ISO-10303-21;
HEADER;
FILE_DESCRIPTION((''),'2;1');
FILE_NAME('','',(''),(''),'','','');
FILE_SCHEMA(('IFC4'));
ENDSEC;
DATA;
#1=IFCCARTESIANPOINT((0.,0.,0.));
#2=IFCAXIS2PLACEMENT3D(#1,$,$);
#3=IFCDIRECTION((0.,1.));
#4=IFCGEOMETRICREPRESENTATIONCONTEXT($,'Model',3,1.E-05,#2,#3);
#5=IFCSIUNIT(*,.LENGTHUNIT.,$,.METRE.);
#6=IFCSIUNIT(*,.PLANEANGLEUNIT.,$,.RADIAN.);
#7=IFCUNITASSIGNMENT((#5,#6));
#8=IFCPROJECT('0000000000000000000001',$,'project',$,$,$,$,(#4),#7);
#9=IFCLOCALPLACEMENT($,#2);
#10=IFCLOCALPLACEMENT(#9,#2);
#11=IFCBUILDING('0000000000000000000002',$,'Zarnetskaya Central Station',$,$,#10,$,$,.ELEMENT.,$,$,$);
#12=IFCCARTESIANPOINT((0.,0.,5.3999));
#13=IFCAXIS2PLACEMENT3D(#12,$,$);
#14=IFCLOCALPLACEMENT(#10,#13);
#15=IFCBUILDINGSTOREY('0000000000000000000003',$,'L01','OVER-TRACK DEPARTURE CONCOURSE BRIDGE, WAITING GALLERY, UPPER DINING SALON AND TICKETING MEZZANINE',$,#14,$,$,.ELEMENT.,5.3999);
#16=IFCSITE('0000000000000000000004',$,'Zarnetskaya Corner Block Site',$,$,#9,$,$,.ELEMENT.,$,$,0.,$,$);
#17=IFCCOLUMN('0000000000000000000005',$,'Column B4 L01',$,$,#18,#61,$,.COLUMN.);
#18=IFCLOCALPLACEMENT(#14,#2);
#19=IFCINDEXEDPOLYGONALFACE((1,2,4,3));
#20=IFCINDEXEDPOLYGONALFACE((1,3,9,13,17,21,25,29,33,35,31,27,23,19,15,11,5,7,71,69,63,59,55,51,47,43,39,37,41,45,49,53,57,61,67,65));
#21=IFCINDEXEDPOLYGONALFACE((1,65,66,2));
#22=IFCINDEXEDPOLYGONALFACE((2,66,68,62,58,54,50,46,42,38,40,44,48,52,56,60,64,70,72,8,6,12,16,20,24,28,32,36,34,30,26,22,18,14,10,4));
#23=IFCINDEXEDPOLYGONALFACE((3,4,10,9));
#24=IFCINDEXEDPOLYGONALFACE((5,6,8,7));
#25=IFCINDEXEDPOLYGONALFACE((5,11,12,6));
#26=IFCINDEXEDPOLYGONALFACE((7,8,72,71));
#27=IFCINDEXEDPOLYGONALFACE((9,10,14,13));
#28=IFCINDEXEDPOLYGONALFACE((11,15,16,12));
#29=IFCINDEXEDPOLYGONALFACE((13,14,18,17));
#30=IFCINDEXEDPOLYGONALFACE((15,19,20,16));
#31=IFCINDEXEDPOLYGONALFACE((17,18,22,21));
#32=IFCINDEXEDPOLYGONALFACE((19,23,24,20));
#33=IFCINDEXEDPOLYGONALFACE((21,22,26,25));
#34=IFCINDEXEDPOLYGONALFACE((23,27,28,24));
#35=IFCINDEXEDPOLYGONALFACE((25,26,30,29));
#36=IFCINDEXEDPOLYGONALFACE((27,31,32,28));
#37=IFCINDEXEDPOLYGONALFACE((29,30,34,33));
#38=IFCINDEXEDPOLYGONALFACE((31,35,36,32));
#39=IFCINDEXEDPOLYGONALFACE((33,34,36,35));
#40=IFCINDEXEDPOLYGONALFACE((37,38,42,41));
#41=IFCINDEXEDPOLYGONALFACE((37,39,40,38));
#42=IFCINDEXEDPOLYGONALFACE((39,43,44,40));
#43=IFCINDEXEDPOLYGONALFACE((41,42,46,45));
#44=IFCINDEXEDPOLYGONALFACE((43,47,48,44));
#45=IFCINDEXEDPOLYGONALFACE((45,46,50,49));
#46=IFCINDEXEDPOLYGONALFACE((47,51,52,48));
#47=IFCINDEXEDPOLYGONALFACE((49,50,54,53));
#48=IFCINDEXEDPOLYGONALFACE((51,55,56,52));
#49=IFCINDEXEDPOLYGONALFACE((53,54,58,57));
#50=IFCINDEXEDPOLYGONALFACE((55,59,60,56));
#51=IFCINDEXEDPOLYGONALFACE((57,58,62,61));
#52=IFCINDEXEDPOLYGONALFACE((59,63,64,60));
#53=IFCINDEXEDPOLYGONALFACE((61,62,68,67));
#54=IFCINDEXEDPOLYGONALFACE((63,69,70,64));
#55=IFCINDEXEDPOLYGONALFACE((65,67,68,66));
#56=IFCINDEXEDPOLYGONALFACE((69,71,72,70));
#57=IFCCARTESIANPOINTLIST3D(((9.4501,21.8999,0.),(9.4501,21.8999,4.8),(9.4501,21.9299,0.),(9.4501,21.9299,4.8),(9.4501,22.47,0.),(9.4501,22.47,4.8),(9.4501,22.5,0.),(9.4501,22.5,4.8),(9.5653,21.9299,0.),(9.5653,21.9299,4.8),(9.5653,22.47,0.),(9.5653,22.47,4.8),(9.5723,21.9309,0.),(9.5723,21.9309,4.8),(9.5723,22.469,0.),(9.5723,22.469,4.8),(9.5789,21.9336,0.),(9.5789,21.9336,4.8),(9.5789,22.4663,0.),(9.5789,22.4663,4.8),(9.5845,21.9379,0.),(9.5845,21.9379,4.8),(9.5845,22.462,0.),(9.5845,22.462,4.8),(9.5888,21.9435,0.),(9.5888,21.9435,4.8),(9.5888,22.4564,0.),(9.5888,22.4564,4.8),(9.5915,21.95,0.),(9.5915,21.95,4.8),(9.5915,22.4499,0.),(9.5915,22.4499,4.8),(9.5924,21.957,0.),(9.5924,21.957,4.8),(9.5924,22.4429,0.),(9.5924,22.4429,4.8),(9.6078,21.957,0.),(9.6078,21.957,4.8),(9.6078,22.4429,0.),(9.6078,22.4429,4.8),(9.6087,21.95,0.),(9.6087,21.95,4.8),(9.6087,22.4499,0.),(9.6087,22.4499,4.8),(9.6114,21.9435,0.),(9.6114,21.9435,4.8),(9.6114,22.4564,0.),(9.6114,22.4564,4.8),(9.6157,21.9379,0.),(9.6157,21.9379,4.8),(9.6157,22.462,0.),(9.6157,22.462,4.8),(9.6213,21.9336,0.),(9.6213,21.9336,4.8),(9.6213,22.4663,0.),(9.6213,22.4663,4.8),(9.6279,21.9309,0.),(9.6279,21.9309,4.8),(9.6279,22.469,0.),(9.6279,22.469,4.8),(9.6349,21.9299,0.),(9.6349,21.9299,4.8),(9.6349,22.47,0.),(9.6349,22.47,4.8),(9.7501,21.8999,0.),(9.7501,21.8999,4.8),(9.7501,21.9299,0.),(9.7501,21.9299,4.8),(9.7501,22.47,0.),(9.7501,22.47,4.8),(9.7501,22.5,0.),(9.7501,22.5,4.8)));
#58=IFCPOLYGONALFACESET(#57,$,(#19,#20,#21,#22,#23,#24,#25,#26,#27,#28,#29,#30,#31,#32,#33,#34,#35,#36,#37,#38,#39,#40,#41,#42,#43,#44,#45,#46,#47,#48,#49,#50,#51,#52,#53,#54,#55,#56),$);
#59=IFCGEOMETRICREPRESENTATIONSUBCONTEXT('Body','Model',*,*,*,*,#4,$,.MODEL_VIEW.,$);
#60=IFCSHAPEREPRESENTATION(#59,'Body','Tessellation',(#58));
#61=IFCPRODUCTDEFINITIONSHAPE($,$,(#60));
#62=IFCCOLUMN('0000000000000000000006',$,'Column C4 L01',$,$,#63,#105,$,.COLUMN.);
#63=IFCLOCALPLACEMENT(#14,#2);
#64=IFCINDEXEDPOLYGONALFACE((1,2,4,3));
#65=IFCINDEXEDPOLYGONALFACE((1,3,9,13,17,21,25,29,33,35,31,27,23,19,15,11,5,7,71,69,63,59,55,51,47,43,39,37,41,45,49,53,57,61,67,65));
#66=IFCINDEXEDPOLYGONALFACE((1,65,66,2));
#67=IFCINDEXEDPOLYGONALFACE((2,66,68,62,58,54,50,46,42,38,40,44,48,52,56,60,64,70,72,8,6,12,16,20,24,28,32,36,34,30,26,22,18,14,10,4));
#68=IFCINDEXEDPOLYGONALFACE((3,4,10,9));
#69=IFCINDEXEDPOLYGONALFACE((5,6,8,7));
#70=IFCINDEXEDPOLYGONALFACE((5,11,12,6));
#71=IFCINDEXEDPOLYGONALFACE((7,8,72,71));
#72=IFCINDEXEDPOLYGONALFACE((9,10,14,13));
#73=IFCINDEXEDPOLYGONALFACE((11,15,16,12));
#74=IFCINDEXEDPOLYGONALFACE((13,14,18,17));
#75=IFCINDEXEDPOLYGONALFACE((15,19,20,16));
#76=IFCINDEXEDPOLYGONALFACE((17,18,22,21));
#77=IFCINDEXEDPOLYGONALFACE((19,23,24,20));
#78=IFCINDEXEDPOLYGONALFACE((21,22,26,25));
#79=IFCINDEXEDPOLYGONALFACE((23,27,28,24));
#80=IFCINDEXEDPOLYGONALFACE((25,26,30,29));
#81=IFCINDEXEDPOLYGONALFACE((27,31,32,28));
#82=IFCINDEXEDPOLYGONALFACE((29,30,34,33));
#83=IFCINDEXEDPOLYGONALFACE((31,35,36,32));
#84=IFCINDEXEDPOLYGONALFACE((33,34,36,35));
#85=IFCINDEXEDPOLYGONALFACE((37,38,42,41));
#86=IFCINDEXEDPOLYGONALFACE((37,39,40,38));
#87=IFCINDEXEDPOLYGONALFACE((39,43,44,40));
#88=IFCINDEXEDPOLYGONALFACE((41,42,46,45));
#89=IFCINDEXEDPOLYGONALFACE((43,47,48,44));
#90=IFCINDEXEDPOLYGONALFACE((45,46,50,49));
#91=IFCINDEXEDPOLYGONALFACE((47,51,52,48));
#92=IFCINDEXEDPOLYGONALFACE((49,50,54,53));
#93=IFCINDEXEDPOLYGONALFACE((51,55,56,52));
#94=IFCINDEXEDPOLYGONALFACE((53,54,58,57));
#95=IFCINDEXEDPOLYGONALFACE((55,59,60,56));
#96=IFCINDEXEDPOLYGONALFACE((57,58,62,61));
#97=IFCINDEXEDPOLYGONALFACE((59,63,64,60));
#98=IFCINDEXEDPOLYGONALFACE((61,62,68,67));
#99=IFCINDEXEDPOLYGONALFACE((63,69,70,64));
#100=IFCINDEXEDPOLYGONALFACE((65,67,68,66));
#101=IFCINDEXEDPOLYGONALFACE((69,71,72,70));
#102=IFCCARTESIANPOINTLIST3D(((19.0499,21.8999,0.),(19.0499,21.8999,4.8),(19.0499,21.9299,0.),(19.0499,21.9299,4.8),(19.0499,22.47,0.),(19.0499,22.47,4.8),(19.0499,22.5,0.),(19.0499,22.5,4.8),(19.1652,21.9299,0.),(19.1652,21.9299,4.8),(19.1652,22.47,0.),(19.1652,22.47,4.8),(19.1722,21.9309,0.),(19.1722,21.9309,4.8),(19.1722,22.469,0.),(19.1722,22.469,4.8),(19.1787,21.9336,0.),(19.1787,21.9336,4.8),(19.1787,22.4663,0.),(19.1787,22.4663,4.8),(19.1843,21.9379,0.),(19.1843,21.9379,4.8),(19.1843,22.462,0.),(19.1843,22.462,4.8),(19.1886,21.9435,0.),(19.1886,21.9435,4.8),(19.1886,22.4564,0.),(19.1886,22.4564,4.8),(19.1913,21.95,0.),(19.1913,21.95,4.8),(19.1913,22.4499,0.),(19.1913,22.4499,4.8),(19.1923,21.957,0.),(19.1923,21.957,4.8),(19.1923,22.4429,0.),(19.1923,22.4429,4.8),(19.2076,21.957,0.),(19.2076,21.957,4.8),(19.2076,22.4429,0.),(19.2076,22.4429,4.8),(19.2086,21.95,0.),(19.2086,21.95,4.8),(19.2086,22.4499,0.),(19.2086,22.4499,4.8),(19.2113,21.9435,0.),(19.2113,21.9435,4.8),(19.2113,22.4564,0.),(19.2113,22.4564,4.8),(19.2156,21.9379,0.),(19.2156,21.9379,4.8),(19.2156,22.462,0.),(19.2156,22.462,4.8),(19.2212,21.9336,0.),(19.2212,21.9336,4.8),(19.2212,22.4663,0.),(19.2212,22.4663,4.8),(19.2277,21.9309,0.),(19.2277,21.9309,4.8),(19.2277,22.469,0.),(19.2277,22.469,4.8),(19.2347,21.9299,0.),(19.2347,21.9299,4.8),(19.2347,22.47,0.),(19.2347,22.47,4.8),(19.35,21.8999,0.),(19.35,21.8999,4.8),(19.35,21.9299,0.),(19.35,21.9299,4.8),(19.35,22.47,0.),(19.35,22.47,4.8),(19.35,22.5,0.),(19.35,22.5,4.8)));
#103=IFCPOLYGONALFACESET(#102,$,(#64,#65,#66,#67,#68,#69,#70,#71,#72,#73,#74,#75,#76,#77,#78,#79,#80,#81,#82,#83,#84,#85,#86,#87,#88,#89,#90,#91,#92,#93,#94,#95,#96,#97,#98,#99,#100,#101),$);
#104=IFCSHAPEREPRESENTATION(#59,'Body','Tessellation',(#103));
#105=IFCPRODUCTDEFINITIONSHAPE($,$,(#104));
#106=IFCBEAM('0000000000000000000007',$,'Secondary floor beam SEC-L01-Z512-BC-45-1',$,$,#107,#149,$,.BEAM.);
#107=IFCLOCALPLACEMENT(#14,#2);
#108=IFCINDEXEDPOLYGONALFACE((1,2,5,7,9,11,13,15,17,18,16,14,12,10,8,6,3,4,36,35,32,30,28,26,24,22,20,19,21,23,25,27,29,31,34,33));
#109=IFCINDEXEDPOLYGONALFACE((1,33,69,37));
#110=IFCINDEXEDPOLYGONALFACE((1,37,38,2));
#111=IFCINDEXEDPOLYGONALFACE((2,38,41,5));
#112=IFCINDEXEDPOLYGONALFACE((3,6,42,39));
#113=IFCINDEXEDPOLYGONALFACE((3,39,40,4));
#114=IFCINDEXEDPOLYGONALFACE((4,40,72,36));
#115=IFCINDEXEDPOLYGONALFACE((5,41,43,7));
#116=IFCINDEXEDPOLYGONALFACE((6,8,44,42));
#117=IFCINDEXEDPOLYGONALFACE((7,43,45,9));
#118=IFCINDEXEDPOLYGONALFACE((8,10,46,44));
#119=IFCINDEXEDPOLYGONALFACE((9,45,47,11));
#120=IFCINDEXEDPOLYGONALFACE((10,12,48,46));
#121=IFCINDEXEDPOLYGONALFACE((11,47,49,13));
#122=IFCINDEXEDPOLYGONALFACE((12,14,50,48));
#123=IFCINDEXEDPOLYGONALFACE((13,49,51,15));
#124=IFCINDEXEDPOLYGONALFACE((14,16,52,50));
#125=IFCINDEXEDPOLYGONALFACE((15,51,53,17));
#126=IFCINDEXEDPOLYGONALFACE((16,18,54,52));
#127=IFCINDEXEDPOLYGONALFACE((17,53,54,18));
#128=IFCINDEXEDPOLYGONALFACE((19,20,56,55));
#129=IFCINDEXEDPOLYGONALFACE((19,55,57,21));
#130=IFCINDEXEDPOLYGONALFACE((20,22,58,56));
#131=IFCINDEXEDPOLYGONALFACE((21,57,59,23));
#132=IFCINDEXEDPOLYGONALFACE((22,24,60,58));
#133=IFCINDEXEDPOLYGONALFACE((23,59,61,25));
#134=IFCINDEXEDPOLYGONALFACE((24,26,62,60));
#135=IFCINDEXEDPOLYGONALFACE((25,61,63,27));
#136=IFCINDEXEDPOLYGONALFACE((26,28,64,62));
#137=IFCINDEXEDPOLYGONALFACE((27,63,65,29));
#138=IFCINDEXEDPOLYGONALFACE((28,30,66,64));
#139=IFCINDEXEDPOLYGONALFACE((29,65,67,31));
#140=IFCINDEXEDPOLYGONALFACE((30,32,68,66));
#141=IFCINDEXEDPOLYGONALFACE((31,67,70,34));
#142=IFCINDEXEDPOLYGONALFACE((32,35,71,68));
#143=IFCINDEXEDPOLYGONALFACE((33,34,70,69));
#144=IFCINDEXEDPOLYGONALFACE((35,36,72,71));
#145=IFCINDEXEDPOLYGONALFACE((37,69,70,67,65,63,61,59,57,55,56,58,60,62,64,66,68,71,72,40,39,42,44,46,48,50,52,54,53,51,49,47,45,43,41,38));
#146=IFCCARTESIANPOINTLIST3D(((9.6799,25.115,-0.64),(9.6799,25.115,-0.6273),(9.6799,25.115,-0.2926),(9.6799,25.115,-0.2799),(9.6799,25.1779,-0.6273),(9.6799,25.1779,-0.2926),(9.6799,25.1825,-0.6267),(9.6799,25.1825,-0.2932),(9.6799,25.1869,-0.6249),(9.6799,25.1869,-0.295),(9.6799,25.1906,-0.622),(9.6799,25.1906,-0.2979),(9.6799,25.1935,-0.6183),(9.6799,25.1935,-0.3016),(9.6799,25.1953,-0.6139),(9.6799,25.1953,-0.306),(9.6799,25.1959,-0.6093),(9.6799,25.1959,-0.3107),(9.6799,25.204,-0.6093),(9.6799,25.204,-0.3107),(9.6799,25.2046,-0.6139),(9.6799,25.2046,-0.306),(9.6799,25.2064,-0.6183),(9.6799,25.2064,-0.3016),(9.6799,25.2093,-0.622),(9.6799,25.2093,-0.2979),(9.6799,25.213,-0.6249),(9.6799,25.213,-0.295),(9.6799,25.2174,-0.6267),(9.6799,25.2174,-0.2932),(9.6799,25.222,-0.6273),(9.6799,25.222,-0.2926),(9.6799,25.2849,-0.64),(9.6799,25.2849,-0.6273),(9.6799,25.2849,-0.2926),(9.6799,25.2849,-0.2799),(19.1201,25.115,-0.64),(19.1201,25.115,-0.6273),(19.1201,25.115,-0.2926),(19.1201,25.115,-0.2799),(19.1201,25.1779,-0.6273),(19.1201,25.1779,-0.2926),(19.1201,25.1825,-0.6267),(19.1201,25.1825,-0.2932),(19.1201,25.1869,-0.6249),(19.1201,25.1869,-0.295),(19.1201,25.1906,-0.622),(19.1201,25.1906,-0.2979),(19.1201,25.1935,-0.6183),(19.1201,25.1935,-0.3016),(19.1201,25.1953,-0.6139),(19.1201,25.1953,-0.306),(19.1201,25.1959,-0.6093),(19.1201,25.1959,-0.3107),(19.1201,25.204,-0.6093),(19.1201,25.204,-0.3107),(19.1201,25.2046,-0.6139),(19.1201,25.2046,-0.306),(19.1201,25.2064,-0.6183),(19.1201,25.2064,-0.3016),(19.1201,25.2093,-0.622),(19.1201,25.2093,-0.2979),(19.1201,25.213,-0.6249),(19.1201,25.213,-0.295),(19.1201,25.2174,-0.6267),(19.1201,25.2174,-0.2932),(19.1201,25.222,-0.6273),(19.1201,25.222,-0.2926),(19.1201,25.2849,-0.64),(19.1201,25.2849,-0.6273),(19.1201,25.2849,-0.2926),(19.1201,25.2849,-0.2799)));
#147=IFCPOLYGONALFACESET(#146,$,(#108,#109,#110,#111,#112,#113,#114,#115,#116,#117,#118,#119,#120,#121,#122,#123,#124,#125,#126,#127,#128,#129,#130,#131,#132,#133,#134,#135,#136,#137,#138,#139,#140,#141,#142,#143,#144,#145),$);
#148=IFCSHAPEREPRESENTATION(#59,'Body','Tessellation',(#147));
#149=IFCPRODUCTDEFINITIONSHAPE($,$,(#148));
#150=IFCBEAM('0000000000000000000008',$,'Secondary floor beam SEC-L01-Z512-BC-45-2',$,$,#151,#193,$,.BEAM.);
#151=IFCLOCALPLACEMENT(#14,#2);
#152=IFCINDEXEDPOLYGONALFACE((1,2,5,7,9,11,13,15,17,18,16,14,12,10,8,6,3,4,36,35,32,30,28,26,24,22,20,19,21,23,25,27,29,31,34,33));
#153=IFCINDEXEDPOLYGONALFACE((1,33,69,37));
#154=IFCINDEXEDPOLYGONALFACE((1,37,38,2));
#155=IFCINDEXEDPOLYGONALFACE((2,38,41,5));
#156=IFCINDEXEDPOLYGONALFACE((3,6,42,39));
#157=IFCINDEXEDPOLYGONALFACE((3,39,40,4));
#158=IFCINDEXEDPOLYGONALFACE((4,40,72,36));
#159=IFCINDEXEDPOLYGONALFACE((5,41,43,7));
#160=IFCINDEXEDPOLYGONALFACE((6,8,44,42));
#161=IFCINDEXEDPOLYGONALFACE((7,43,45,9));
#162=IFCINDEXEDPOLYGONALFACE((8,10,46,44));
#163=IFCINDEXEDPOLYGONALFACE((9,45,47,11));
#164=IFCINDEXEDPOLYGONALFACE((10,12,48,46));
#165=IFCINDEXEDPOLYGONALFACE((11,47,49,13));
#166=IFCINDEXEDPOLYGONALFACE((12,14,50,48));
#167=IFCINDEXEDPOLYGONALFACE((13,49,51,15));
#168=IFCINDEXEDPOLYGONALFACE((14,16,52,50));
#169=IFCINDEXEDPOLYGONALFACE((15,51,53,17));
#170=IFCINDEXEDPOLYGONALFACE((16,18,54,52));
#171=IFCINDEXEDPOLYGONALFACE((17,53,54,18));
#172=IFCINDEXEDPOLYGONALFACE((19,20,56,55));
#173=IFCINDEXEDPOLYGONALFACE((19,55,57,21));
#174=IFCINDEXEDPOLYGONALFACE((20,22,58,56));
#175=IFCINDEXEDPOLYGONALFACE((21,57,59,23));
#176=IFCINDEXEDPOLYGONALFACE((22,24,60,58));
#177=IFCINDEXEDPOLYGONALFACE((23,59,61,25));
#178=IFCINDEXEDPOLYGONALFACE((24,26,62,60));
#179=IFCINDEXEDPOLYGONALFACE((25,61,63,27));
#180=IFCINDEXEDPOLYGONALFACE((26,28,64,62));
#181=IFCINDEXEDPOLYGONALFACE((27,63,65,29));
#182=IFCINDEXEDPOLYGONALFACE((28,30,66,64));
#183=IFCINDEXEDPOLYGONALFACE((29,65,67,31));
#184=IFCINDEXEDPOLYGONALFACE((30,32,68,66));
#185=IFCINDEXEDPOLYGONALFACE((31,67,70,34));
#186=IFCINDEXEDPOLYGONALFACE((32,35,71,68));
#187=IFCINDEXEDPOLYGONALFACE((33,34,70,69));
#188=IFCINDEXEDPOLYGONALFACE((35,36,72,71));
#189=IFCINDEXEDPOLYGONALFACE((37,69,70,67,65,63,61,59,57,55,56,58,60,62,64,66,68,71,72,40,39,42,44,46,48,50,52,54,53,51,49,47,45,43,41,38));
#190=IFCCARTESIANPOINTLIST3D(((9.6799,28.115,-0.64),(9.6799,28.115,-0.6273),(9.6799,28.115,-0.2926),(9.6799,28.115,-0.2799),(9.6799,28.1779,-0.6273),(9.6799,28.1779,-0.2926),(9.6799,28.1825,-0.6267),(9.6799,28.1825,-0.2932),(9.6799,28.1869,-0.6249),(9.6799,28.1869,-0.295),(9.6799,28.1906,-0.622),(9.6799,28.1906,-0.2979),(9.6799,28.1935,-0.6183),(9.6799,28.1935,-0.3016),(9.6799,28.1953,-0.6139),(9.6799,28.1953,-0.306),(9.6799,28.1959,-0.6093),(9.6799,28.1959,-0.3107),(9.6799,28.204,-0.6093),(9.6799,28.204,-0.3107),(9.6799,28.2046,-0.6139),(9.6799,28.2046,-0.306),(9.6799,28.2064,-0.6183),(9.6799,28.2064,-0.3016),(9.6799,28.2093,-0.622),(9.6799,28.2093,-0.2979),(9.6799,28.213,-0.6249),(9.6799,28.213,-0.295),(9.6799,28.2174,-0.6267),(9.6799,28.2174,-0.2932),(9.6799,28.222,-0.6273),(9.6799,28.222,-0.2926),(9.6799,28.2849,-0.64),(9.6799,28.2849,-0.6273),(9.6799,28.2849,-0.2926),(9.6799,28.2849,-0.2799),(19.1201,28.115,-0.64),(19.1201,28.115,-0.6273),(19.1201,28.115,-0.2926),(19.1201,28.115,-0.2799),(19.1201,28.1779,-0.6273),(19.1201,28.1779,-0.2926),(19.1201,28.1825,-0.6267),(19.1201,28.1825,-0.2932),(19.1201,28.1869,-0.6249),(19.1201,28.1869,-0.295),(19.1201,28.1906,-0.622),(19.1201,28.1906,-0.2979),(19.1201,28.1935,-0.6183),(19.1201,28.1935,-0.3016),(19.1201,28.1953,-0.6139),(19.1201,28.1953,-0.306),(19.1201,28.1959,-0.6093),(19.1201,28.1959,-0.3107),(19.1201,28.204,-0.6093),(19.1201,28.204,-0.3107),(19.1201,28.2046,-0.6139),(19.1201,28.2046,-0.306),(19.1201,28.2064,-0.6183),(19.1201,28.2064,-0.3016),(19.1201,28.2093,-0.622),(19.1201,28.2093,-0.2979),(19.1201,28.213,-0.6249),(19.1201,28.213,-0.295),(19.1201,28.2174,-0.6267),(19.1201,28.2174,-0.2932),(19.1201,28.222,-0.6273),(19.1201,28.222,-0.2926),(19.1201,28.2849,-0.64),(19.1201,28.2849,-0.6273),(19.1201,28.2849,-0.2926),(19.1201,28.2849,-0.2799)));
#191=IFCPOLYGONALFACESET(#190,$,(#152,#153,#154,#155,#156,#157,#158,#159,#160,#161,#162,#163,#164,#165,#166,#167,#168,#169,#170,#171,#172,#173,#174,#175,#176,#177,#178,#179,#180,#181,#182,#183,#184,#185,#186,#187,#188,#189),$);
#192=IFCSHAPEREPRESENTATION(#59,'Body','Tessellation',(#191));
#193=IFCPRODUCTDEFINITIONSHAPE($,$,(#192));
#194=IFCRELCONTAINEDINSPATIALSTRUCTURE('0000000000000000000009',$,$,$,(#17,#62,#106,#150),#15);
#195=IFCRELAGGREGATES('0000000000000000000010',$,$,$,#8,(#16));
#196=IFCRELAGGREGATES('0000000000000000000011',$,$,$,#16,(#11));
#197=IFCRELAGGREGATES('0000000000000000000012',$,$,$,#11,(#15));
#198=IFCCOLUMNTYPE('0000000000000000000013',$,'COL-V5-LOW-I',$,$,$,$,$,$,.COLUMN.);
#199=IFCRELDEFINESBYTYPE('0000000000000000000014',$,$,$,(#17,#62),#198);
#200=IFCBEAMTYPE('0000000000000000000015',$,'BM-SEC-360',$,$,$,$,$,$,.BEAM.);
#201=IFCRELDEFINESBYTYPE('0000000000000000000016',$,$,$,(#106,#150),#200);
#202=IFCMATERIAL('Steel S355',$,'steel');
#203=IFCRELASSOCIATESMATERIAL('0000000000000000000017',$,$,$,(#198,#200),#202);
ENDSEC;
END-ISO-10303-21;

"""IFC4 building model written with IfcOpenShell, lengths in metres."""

from ifc_helpers import new_model, si_unit, direction, frame, origin, origin_2d, place, context, subcontext, project, spatial, i_section, extrude, material, material_profile, profile_set, type_object, element, save


model = new_model("IFC4")

# Units and contexts
model_context = context("Model", 3, precision=1e-05, world=origin(), true_north=direction((0.0, 1.0)))
body_context = subcontext(model_context, "Body", "Model", "MODEL_VIEW")
ifc_project = project(units=[si_unit("LENGTHUNIT", "METRE"), si_unit("PLANEANGLEUNIT", "RADIAN")], contexts=[model_context])

# Site, building, storey
site_placement = place(None, origin())
site = spatial("IfcSite", under=ifc_project, at=site_placement, Name="Zarnetskaya Corner Block Site", CompositionType="ELEMENT", RefElevation=0.0)
building_placement = place(site_placement, origin())
building = spatial("IfcBuilding", under=site, at=building_placement, Name="Zarnetskaya Central Station", CompositionType="ELEMENT")
storey_placement = place(building_placement, frame((0.0, 0.0, 5.3999)))
storey = spatial("IfcBuildingStorey", under=building, at=storey_placement, Name="L01", Description="OVER-TRACK DEPARTURE CONCOURSE BRIDGE, WAITING GALLERY, UPPER DINING SALON AND TICKETING MEZZANINE", CompositionType="ELEMENT", Elevation=5.3999)

# Columns
ifc_material_1 = material(Name="Steel S355", Category="steel")
ifc_material_profile_1 = material_profile(ifc_material_1, i_section(OverallWidth=0.3, OverallDepth=0.6001, WebThickness=0.0154, FlangeThickness=0.03, FilletRadius=0.0271, at=origin_2d()), Name="HEB 600")
ifc_profile_set_1 = profile_set([ifc_material_profile_1], Name="Steel S355")
column_type = type_object("IfcColumnType", Name="COL-V5-LOW-I", PredefinedType="COLUMN", material=ifc_profile_set_1)
for number, where, z_axis, x_axis, name in (
    (1, (9.6001, 22.2, 0.0), (0.0, 0.0, 1.0), (1.0, 0.0, 0.0), "Column B4 L01"),
    (2, (19.2, 22.2, 0.0), (0.0, 0.0, 1.0), (1.0, 0.0, 0.0), "Column C4 L01"),
):
    element("IfcColumn", number, at=place(storey_placement, frame(where, z_axis=z_axis, x_axis=x_axis)), inside=storey, type_object=column_type, Name=name, PredefinedType="COLUMN", context=body_context, shape_type="SweptSolid", body=[
        extrude(i_section(OverallWidth=0.3, OverallDepth=0.6001, WebThickness=0.0154, FlangeThickness=0.03, FilletRadius=0.0271, at=origin_2d()), origin(), (0.0, 0.0, 1.0), 4.8),
    ])

# Beams
ifc_material_profile_2 = material_profile(ifc_material_1, i_section(OverallWidth=0.1699, OverallDepth=0.3601, WebThickness=0.0081, FlangeThickness=0.0127, FilletRadius=0.0181, at=origin_2d()), Name="IPE 360")
ifc_profile_set_2 = profile_set([ifc_material_profile_2], Name="Steel S355")
beam_type_1 = type_object("IfcBeamType", Name="BM-SEC-360", PredefinedType="BEAM", material=ifc_profile_set_2)
for number, where, z_axis, x_axis, name in (
    (3, (9.6799, 25.2, -0.46), (1.0, 0.0, 0.0), (0.0, 1.0, 0.0), "Secondary floor beam SEC-L01-Z512-BC-45-1"),
    (4, (9.6799, 28.2, -0.46), (1.0, 0.0, 0.0), (0.0, 1.0, 0.0), "Secondary floor beam SEC-L01-Z512-BC-45-2"),
):
    element("IfcBeam", number, at=place(storey_placement, frame(where, z_axis=z_axis, x_axis=x_axis)), inside=storey, type_object=beam_type_1, Name=name, PredefinedType="BEAM", context=body_context, shape_type="SweptSolid", body=[
        extrude(i_section(OverallWidth=0.1699, OverallDepth=0.3601, WebThickness=0.0081, FlangeThickness=0.0127, FilletRadius=0.0181, at=origin_2d()), origin(), (0.0, 0.0, 1.0), 9.4402),
    ])

save(model, "model.ifc")
